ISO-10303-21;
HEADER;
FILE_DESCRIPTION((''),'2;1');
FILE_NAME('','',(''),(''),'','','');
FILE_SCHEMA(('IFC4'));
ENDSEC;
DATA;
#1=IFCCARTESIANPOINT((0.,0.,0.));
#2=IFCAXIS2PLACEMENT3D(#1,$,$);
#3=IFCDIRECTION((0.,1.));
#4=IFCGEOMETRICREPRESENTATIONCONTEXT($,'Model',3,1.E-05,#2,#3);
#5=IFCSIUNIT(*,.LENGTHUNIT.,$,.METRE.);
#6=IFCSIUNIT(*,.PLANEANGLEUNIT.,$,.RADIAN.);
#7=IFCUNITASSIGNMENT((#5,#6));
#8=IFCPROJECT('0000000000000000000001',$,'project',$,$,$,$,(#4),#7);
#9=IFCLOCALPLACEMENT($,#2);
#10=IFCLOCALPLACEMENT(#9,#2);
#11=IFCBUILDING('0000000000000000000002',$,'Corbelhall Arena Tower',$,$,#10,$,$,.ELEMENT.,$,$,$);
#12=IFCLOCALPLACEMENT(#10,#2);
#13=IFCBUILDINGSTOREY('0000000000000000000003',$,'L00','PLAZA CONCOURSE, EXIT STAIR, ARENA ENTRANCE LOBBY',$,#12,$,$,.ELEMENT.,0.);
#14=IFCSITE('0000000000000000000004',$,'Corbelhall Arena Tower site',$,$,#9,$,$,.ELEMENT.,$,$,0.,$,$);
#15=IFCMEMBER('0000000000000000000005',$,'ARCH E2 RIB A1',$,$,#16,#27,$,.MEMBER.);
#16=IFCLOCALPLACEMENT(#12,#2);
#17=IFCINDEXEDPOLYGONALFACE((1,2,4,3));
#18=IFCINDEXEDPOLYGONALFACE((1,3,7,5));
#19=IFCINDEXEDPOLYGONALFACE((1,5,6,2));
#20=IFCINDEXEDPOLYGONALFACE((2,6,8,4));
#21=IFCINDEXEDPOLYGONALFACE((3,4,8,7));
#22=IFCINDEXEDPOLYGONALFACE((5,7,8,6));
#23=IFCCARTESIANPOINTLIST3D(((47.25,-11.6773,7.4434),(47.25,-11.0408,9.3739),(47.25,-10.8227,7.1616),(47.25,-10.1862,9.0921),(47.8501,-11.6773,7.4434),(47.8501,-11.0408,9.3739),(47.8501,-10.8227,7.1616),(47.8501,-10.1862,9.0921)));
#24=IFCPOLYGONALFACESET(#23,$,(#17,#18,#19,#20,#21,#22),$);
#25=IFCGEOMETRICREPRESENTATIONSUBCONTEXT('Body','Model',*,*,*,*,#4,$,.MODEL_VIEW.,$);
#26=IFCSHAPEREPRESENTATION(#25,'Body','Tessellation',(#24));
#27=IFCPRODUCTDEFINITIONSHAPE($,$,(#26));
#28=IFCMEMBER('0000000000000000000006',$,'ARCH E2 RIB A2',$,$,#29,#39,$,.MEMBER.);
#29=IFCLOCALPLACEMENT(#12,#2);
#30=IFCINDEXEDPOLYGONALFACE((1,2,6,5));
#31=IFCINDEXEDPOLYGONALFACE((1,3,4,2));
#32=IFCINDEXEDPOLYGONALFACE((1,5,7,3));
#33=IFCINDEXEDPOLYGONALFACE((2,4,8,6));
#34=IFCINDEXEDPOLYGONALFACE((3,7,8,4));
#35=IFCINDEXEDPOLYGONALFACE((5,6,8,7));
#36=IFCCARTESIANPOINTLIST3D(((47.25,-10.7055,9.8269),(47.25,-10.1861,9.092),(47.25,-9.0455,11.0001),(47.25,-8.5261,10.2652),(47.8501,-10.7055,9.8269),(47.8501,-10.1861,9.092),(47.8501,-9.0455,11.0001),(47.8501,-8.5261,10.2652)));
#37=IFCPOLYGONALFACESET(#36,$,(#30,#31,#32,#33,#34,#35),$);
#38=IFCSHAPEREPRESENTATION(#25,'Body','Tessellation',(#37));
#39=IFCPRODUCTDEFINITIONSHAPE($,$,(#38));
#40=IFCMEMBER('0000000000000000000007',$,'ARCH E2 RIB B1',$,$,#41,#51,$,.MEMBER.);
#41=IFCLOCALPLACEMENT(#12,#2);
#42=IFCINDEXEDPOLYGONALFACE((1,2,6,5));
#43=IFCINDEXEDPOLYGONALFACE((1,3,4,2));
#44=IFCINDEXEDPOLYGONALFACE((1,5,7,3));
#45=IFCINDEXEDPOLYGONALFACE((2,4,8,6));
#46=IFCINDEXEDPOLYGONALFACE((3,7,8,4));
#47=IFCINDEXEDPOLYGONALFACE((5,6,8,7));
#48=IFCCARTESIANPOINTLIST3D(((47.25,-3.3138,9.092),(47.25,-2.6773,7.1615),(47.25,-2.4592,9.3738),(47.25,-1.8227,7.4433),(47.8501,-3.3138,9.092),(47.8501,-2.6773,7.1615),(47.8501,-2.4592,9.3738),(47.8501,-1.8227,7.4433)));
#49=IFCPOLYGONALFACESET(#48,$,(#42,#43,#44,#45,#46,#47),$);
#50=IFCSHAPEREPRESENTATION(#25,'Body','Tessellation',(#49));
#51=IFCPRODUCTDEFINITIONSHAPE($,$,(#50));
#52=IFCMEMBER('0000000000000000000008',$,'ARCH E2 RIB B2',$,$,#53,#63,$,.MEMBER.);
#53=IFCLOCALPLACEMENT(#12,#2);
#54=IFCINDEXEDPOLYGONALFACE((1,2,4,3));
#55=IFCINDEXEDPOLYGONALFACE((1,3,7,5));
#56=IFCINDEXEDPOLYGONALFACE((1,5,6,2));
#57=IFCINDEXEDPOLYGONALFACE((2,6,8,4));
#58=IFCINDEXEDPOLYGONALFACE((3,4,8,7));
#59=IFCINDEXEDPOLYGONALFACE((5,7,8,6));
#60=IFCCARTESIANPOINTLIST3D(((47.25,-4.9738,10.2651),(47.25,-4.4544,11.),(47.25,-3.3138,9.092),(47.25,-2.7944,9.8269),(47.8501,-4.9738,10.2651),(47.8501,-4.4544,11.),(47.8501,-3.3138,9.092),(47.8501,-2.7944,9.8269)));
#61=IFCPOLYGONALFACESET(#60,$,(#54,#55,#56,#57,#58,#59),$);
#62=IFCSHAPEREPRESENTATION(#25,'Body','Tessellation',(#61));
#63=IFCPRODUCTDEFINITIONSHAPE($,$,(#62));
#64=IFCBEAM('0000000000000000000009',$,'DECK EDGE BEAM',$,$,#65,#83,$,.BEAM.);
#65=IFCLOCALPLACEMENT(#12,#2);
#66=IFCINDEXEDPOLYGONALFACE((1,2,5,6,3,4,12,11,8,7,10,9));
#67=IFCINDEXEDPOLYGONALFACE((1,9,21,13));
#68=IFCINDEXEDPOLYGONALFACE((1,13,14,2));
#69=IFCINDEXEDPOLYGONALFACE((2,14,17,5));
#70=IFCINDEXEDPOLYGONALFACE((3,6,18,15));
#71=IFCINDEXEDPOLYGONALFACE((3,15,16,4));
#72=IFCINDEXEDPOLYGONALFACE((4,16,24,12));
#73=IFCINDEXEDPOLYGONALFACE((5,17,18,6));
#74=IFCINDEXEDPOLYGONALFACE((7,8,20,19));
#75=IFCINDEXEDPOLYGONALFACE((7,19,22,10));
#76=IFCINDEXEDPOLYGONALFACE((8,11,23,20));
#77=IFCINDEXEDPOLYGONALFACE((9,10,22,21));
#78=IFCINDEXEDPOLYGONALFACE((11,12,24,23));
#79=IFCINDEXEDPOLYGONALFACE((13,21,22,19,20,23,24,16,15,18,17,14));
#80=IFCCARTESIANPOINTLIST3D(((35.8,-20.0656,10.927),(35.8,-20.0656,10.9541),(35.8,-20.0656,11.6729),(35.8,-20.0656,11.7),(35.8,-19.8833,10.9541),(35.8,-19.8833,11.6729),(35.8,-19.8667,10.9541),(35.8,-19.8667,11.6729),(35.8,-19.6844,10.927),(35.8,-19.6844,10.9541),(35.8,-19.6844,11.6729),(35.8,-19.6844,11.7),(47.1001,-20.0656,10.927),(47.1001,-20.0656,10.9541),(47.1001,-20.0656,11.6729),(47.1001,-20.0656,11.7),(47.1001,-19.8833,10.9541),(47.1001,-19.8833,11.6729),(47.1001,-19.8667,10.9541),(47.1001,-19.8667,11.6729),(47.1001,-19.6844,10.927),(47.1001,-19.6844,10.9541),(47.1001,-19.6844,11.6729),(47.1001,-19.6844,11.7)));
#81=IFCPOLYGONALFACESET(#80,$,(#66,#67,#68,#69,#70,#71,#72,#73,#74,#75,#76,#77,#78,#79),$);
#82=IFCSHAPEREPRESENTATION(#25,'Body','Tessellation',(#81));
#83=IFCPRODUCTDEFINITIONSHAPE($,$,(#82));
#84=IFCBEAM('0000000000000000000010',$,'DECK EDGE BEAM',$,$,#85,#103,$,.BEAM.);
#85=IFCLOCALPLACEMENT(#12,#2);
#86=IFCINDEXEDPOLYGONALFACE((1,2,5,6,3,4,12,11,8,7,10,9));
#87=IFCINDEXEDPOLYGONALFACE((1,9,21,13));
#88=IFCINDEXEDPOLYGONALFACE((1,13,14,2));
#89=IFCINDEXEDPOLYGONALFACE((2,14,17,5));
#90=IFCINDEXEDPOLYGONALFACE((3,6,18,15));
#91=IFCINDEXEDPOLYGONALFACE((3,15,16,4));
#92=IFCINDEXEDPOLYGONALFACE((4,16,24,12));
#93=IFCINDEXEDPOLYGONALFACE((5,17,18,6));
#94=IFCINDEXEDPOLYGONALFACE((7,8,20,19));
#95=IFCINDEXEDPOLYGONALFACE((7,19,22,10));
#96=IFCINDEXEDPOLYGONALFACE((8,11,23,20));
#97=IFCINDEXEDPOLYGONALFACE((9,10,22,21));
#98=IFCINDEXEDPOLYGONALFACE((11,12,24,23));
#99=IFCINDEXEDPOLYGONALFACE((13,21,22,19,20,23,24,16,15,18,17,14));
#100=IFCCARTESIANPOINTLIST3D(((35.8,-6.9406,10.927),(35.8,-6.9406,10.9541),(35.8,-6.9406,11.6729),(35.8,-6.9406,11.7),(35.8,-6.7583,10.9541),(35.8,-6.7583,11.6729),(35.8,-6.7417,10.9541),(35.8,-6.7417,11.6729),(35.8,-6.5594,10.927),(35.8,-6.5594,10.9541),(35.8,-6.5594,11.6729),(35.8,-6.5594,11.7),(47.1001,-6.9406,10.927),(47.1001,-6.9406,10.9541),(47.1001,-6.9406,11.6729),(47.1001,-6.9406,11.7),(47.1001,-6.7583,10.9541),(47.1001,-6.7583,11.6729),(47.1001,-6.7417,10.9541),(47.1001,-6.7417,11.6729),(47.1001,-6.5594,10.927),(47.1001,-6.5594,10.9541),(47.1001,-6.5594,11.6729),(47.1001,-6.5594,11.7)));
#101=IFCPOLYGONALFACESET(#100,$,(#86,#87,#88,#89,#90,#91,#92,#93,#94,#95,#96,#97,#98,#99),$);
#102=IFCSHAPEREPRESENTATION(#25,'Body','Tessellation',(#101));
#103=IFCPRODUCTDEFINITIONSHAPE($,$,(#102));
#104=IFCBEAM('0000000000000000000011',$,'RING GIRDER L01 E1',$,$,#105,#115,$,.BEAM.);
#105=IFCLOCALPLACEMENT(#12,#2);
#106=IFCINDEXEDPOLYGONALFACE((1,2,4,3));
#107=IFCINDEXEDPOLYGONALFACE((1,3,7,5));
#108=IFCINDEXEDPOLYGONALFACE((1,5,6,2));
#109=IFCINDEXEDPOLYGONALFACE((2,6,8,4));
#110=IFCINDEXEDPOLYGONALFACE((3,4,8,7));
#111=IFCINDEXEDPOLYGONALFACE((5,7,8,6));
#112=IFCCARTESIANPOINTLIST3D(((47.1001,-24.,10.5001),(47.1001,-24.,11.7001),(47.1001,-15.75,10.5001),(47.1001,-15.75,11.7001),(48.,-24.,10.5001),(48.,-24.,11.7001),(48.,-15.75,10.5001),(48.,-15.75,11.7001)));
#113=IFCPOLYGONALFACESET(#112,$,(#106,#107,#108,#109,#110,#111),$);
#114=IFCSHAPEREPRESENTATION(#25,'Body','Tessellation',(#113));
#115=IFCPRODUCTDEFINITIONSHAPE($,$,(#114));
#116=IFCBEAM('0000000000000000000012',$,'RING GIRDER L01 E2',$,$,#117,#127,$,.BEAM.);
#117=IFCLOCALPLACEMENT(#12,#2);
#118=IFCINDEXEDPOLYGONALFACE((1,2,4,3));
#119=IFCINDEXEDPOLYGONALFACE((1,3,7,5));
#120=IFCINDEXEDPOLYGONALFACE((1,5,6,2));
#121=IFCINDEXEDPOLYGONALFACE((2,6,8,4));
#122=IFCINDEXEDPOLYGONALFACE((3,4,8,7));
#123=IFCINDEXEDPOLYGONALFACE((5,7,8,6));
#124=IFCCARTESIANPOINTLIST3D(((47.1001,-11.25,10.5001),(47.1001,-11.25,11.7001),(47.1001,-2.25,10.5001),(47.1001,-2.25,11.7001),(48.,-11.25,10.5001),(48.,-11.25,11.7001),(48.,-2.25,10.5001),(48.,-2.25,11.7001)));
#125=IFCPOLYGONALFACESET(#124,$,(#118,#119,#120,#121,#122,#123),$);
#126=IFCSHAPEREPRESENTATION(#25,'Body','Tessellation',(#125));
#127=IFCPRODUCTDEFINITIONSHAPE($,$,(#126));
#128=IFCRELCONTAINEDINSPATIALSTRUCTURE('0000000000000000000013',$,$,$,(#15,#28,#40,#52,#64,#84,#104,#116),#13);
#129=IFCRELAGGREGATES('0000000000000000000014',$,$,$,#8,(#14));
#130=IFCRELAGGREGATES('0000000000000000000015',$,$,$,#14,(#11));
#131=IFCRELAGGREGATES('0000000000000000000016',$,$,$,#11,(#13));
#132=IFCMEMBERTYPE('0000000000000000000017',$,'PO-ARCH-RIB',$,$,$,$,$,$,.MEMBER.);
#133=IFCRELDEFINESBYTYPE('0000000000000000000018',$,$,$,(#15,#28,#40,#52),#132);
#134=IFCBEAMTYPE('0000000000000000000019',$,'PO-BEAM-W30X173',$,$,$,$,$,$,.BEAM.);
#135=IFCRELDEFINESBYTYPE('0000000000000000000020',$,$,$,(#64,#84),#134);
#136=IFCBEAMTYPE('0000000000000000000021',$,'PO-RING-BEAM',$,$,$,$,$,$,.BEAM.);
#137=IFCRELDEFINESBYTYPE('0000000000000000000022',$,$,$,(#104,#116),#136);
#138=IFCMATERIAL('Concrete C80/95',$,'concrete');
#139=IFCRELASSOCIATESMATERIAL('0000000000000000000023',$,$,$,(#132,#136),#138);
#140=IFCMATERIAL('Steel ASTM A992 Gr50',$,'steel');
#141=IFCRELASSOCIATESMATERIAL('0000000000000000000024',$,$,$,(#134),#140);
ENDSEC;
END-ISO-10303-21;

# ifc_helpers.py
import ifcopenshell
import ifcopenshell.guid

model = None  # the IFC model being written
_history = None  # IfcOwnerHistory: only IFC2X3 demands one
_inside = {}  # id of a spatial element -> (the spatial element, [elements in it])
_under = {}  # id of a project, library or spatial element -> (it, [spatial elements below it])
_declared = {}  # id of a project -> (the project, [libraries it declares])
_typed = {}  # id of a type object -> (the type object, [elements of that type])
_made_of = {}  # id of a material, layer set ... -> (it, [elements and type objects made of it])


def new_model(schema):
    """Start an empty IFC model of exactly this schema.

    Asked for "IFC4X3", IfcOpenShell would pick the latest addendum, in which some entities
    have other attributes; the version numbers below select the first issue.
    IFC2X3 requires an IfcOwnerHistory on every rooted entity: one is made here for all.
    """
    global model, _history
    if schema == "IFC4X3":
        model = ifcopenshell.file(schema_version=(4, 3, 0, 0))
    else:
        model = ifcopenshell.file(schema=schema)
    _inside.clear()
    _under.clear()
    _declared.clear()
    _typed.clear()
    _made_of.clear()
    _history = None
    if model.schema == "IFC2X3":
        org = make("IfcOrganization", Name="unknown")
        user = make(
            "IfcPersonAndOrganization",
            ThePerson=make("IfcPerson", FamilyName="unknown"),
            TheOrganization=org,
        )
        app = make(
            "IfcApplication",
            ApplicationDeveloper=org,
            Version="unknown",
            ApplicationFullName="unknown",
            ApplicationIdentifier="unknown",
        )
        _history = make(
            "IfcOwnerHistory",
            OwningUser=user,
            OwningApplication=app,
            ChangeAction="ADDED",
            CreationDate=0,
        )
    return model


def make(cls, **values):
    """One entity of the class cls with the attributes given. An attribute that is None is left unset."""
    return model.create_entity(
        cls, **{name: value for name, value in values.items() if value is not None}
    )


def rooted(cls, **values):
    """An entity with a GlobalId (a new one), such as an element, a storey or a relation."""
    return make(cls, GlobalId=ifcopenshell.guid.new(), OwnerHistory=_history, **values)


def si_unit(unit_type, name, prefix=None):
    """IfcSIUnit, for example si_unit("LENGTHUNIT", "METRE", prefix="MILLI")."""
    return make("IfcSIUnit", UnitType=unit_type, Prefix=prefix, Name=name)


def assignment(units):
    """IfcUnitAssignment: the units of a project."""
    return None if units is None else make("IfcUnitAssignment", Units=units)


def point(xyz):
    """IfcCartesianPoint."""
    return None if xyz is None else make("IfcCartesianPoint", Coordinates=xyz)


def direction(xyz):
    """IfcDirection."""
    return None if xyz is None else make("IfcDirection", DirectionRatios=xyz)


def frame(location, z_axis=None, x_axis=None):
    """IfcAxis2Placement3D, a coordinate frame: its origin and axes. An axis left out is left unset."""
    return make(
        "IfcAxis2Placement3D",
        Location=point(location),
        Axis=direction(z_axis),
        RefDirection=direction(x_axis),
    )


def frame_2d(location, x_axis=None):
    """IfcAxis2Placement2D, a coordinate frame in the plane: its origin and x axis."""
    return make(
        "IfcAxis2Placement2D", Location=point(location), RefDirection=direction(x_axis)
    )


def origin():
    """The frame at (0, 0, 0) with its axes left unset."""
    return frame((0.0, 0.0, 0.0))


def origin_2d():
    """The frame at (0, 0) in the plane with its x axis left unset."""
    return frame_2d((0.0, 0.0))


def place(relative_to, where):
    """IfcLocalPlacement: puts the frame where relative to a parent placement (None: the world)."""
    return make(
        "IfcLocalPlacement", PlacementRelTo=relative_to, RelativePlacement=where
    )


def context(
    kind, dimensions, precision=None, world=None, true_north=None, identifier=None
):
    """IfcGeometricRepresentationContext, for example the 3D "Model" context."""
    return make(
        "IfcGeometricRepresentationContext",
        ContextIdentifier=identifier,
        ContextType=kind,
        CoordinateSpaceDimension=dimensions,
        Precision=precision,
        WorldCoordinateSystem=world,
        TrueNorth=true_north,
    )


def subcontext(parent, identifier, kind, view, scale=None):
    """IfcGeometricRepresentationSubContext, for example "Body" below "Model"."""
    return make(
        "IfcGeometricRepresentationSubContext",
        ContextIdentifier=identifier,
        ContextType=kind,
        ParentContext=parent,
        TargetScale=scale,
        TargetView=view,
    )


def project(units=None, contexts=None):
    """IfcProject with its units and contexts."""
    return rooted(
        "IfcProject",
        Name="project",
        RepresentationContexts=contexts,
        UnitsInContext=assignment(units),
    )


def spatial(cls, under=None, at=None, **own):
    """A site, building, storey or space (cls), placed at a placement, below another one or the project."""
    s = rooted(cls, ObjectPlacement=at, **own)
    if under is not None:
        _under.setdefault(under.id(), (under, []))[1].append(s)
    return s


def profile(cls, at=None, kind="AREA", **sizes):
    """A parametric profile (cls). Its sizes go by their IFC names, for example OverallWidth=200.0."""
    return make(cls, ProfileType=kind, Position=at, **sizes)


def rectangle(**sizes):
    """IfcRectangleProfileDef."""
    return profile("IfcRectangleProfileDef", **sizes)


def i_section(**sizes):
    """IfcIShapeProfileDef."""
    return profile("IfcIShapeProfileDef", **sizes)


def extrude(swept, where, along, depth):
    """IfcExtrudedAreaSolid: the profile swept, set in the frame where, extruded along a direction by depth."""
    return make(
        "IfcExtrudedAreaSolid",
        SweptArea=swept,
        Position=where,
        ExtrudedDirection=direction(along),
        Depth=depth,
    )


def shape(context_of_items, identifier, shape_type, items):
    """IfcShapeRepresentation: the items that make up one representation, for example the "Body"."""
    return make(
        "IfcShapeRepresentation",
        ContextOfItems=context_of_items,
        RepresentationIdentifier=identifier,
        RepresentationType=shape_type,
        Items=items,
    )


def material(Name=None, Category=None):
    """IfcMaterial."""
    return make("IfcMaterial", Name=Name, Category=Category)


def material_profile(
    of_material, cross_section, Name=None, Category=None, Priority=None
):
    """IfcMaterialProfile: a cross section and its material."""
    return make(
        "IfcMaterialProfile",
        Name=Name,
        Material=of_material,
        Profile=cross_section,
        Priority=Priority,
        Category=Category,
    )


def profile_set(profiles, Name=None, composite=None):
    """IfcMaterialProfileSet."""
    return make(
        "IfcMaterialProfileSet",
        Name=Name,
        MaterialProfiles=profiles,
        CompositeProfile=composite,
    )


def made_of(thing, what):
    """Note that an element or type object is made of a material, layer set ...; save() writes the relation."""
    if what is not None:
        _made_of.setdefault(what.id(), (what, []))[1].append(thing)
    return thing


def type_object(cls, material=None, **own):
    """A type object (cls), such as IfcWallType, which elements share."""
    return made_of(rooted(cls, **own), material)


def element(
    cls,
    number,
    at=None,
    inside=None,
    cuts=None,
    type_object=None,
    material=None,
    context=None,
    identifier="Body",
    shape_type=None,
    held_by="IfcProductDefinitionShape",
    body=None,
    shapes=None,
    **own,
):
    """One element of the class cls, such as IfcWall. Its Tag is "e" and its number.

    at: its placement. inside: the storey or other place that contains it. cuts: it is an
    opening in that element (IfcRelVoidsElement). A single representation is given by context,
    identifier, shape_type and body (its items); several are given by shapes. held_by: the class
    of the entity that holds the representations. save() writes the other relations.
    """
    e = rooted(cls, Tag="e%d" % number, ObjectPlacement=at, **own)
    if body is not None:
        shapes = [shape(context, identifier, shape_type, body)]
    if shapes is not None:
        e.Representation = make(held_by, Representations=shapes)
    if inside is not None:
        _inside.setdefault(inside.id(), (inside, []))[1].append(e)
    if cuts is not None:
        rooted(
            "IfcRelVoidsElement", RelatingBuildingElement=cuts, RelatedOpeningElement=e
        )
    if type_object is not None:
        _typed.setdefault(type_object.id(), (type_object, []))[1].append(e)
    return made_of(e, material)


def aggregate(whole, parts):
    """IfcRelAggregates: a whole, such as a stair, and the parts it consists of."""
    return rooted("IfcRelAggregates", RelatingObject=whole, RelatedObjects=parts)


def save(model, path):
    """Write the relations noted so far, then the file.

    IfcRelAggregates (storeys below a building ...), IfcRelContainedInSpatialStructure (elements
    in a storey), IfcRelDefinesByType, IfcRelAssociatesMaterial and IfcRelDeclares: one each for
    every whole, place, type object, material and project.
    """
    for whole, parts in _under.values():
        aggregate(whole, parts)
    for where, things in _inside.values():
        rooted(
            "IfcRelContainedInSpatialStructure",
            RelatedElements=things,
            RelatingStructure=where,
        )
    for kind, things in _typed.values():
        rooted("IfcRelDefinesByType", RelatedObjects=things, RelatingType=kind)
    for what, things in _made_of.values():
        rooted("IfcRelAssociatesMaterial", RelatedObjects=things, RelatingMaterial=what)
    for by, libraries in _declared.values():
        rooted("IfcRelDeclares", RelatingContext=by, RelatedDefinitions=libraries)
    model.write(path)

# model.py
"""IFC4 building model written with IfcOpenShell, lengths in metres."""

from ifc_helpers import new_model, si_unit, direction, frame, origin, origin_2d, place, context, subcontext, project, spatial, rectangle, i_section, extrude, material, material_profile, profile_set, type_object, element, save


model = new_model("IFC4")

# Units and contexts
model_context = context("Model", 3, precision=1e-05, world=origin(), true_north=direction((0.0, 1.0)))
body_context = subcontext(model_context, "Body", "Model", "MODEL_VIEW")
ifc_project = project(units=[si_unit("LENGTHUNIT", "METRE"), si_unit("PLANEANGLEUNIT", "RADIAN")], contexts=[model_context])

# Site, building, storey
site_placement = place(None, origin())
site = spatial("IfcSite", under=ifc_project, at=site_placement, Name="Corbelhall Arena Tower site", CompositionType="ELEMENT", RefElevation=0.0)
building_placement = place(site_placement, origin())
building = spatial("IfcBuilding", under=site, at=building_placement, Name="Corbelhall Arena Tower", CompositionType="ELEMENT")
storey_placement = place(building_placement, origin())
storey = spatial("IfcBuildingStorey", under=building, at=storey_placement, Name="L00", Description="PLAZA CONCOURSE, EXIT STAIR, ARENA ENTRANCE LOBBY", CompositionType="ELEMENT", Elevation=0.0)

# Shared definitions
ifc_material_1 = material(Name="Concrete C80/95", Category="concrete")

# Members
ifc_material_profile_1 = material_profile(ifc_material_1, rectangle(XDim=0.6001, YDim=0.8999, at=origin_2d()))
ifc_profile_set_1 = profile_set([ifc_material_profile_1], Name="Concrete C80/95")
member_type = type_object("IfcMemberType", Name="PO-ARCH-RIB", PredefinedType="MEMBER", material=ifc_profile_set_1)
for number, where, z_axis, x_axis, name in (
    (1, (47.55, -11.25, 7.3025), (0.0, 0.313127, 0.949711), (-1.0, 0.0, 0.0), "ARCH E2 RIB A1"),
    (2, (47.55, -10.4458, 9.4595), (0.0, 0.816645, 0.577141), (-1.0, 0.0, 0.0), "ARCH E2 RIB A2"),
    (3, (47.55, -2.8865, 9.2329), (0.0, 0.313127, -0.949711), (-1.0, 0.0, 0.0), "ARCH E2 RIB B1"),
    (4, (47.55, -4.7141, 10.6326), (0.0, 0.816645, -0.577141), (-1.0, 0.0, 0.0), "ARCH E2 RIB B2"),
):
    element("IfcMember", number, at=place(storey_placement, frame(where, z_axis=z_axis, x_axis=x_axis)), inside=storey, type_object=member_type, Name=name, PredefinedType="MEMBER", context=body_context, shape_type="SweptSolid", body=[
        extrude(rectangle(XDim=0.6001, YDim=0.8999, at=origin_2d()), origin(), (0.0, 0.0, 1.0), 2.0327),
    ])

# Beams
ifc_material_2 = material(Name="Steel ASTM A992 Gr50", Category="steel")
ifc_material_profile_2 = material_profile(ifc_material_2, i_section(OverallWidth=0.3811, OverallDepth=0.7729, WebThickness=0.0166, FlangeThickness=0.0271, at=origin_2d()))
ifc_profile_set_2 = profile_set([ifc_material_profile_2], Name="Steel ASTM A992 Gr50")
beam_type_1 = type_object("IfcBeamType", Name="PO-BEAM-W30X173", PredefinedType="BEAM", material=ifc_profile_set_2)
for number, where, z_axis, x_axis, name in (
    (5, (35.8, -19.875, 11.3135), (1.0, 0.0, 0.0), (0.0, 1.0, 0.0), "DECK EDGE BEAM"),
    (6, (35.8, -6.75, 11.3135), (1.0, 0.0, 0.0), (0.0, 1.0, 0.0), "DECK EDGE BEAM"),
):
    element("IfcBeam", number, at=place(storey_placement, frame(where, z_axis=z_axis, x_axis=x_axis)), inside=storey, type_object=beam_type_1, Name=name, PredefinedType="BEAM", context=body_context, shape_type="SweptSolid", body=[
        extrude(i_section(OverallWidth=0.3811, OverallDepth=0.7729, WebThickness=0.0166, FlangeThickness=0.0271, at=origin_2d()), origin(), (0.0, 0.0, 1.0), 11.3),
    ])
ifc_material_profile_3 = material_profile(ifc_material_1, rectangle(XDim=0.8999, YDim=1.2, at=origin_2d()))
ifc_profile_set_3 = profile_set([ifc_material_profile_3], Name="Concrete C80/95")
beam_type_2 = type_object("IfcBeamType", Name="PO-RING-BEAM", PredefinedType="BEAM", material=ifc_profile_set_3)
beam_1_placement = place(storey_placement, frame((47.55, -24.0, 11.1001), z_axis=(0.0, 1.0, 0.0), x_axis=(-1.0, 0.0, 0.0)))
element("IfcBeam", 7, at=beam_1_placement, inside=storey, type_object=beam_type_2, Name="RING GIRDER L01 E1", PredefinedType="BEAM", context=body_context, shape_type="SweptSolid", body=[
    extrude(rectangle(XDim=0.8999, YDim=1.2, at=origin_2d()), origin(), (0.0, 0.0, 1.0), 8.25),
])
beam_2_placement = place(storey_placement, frame((47.55, -11.25, 11.1001), z_axis=(0.0, 1.0, 0.0), x_axis=(-1.0, 0.0, 0.0)))
element("IfcBeam", 8, at=beam_2_placement, inside=storey, type_object=beam_type_2, Name="RING GIRDER L01 E2", PredefinedType="BEAM", context=body_context, shape_type="SweptSolid", body=[
    extrude(rectangle(XDim=0.8999, YDim=1.2, at=origin_2d()), origin(), (0.0, 0.0, 1.0), 9.0),
])

save(model, "model.ifc")
